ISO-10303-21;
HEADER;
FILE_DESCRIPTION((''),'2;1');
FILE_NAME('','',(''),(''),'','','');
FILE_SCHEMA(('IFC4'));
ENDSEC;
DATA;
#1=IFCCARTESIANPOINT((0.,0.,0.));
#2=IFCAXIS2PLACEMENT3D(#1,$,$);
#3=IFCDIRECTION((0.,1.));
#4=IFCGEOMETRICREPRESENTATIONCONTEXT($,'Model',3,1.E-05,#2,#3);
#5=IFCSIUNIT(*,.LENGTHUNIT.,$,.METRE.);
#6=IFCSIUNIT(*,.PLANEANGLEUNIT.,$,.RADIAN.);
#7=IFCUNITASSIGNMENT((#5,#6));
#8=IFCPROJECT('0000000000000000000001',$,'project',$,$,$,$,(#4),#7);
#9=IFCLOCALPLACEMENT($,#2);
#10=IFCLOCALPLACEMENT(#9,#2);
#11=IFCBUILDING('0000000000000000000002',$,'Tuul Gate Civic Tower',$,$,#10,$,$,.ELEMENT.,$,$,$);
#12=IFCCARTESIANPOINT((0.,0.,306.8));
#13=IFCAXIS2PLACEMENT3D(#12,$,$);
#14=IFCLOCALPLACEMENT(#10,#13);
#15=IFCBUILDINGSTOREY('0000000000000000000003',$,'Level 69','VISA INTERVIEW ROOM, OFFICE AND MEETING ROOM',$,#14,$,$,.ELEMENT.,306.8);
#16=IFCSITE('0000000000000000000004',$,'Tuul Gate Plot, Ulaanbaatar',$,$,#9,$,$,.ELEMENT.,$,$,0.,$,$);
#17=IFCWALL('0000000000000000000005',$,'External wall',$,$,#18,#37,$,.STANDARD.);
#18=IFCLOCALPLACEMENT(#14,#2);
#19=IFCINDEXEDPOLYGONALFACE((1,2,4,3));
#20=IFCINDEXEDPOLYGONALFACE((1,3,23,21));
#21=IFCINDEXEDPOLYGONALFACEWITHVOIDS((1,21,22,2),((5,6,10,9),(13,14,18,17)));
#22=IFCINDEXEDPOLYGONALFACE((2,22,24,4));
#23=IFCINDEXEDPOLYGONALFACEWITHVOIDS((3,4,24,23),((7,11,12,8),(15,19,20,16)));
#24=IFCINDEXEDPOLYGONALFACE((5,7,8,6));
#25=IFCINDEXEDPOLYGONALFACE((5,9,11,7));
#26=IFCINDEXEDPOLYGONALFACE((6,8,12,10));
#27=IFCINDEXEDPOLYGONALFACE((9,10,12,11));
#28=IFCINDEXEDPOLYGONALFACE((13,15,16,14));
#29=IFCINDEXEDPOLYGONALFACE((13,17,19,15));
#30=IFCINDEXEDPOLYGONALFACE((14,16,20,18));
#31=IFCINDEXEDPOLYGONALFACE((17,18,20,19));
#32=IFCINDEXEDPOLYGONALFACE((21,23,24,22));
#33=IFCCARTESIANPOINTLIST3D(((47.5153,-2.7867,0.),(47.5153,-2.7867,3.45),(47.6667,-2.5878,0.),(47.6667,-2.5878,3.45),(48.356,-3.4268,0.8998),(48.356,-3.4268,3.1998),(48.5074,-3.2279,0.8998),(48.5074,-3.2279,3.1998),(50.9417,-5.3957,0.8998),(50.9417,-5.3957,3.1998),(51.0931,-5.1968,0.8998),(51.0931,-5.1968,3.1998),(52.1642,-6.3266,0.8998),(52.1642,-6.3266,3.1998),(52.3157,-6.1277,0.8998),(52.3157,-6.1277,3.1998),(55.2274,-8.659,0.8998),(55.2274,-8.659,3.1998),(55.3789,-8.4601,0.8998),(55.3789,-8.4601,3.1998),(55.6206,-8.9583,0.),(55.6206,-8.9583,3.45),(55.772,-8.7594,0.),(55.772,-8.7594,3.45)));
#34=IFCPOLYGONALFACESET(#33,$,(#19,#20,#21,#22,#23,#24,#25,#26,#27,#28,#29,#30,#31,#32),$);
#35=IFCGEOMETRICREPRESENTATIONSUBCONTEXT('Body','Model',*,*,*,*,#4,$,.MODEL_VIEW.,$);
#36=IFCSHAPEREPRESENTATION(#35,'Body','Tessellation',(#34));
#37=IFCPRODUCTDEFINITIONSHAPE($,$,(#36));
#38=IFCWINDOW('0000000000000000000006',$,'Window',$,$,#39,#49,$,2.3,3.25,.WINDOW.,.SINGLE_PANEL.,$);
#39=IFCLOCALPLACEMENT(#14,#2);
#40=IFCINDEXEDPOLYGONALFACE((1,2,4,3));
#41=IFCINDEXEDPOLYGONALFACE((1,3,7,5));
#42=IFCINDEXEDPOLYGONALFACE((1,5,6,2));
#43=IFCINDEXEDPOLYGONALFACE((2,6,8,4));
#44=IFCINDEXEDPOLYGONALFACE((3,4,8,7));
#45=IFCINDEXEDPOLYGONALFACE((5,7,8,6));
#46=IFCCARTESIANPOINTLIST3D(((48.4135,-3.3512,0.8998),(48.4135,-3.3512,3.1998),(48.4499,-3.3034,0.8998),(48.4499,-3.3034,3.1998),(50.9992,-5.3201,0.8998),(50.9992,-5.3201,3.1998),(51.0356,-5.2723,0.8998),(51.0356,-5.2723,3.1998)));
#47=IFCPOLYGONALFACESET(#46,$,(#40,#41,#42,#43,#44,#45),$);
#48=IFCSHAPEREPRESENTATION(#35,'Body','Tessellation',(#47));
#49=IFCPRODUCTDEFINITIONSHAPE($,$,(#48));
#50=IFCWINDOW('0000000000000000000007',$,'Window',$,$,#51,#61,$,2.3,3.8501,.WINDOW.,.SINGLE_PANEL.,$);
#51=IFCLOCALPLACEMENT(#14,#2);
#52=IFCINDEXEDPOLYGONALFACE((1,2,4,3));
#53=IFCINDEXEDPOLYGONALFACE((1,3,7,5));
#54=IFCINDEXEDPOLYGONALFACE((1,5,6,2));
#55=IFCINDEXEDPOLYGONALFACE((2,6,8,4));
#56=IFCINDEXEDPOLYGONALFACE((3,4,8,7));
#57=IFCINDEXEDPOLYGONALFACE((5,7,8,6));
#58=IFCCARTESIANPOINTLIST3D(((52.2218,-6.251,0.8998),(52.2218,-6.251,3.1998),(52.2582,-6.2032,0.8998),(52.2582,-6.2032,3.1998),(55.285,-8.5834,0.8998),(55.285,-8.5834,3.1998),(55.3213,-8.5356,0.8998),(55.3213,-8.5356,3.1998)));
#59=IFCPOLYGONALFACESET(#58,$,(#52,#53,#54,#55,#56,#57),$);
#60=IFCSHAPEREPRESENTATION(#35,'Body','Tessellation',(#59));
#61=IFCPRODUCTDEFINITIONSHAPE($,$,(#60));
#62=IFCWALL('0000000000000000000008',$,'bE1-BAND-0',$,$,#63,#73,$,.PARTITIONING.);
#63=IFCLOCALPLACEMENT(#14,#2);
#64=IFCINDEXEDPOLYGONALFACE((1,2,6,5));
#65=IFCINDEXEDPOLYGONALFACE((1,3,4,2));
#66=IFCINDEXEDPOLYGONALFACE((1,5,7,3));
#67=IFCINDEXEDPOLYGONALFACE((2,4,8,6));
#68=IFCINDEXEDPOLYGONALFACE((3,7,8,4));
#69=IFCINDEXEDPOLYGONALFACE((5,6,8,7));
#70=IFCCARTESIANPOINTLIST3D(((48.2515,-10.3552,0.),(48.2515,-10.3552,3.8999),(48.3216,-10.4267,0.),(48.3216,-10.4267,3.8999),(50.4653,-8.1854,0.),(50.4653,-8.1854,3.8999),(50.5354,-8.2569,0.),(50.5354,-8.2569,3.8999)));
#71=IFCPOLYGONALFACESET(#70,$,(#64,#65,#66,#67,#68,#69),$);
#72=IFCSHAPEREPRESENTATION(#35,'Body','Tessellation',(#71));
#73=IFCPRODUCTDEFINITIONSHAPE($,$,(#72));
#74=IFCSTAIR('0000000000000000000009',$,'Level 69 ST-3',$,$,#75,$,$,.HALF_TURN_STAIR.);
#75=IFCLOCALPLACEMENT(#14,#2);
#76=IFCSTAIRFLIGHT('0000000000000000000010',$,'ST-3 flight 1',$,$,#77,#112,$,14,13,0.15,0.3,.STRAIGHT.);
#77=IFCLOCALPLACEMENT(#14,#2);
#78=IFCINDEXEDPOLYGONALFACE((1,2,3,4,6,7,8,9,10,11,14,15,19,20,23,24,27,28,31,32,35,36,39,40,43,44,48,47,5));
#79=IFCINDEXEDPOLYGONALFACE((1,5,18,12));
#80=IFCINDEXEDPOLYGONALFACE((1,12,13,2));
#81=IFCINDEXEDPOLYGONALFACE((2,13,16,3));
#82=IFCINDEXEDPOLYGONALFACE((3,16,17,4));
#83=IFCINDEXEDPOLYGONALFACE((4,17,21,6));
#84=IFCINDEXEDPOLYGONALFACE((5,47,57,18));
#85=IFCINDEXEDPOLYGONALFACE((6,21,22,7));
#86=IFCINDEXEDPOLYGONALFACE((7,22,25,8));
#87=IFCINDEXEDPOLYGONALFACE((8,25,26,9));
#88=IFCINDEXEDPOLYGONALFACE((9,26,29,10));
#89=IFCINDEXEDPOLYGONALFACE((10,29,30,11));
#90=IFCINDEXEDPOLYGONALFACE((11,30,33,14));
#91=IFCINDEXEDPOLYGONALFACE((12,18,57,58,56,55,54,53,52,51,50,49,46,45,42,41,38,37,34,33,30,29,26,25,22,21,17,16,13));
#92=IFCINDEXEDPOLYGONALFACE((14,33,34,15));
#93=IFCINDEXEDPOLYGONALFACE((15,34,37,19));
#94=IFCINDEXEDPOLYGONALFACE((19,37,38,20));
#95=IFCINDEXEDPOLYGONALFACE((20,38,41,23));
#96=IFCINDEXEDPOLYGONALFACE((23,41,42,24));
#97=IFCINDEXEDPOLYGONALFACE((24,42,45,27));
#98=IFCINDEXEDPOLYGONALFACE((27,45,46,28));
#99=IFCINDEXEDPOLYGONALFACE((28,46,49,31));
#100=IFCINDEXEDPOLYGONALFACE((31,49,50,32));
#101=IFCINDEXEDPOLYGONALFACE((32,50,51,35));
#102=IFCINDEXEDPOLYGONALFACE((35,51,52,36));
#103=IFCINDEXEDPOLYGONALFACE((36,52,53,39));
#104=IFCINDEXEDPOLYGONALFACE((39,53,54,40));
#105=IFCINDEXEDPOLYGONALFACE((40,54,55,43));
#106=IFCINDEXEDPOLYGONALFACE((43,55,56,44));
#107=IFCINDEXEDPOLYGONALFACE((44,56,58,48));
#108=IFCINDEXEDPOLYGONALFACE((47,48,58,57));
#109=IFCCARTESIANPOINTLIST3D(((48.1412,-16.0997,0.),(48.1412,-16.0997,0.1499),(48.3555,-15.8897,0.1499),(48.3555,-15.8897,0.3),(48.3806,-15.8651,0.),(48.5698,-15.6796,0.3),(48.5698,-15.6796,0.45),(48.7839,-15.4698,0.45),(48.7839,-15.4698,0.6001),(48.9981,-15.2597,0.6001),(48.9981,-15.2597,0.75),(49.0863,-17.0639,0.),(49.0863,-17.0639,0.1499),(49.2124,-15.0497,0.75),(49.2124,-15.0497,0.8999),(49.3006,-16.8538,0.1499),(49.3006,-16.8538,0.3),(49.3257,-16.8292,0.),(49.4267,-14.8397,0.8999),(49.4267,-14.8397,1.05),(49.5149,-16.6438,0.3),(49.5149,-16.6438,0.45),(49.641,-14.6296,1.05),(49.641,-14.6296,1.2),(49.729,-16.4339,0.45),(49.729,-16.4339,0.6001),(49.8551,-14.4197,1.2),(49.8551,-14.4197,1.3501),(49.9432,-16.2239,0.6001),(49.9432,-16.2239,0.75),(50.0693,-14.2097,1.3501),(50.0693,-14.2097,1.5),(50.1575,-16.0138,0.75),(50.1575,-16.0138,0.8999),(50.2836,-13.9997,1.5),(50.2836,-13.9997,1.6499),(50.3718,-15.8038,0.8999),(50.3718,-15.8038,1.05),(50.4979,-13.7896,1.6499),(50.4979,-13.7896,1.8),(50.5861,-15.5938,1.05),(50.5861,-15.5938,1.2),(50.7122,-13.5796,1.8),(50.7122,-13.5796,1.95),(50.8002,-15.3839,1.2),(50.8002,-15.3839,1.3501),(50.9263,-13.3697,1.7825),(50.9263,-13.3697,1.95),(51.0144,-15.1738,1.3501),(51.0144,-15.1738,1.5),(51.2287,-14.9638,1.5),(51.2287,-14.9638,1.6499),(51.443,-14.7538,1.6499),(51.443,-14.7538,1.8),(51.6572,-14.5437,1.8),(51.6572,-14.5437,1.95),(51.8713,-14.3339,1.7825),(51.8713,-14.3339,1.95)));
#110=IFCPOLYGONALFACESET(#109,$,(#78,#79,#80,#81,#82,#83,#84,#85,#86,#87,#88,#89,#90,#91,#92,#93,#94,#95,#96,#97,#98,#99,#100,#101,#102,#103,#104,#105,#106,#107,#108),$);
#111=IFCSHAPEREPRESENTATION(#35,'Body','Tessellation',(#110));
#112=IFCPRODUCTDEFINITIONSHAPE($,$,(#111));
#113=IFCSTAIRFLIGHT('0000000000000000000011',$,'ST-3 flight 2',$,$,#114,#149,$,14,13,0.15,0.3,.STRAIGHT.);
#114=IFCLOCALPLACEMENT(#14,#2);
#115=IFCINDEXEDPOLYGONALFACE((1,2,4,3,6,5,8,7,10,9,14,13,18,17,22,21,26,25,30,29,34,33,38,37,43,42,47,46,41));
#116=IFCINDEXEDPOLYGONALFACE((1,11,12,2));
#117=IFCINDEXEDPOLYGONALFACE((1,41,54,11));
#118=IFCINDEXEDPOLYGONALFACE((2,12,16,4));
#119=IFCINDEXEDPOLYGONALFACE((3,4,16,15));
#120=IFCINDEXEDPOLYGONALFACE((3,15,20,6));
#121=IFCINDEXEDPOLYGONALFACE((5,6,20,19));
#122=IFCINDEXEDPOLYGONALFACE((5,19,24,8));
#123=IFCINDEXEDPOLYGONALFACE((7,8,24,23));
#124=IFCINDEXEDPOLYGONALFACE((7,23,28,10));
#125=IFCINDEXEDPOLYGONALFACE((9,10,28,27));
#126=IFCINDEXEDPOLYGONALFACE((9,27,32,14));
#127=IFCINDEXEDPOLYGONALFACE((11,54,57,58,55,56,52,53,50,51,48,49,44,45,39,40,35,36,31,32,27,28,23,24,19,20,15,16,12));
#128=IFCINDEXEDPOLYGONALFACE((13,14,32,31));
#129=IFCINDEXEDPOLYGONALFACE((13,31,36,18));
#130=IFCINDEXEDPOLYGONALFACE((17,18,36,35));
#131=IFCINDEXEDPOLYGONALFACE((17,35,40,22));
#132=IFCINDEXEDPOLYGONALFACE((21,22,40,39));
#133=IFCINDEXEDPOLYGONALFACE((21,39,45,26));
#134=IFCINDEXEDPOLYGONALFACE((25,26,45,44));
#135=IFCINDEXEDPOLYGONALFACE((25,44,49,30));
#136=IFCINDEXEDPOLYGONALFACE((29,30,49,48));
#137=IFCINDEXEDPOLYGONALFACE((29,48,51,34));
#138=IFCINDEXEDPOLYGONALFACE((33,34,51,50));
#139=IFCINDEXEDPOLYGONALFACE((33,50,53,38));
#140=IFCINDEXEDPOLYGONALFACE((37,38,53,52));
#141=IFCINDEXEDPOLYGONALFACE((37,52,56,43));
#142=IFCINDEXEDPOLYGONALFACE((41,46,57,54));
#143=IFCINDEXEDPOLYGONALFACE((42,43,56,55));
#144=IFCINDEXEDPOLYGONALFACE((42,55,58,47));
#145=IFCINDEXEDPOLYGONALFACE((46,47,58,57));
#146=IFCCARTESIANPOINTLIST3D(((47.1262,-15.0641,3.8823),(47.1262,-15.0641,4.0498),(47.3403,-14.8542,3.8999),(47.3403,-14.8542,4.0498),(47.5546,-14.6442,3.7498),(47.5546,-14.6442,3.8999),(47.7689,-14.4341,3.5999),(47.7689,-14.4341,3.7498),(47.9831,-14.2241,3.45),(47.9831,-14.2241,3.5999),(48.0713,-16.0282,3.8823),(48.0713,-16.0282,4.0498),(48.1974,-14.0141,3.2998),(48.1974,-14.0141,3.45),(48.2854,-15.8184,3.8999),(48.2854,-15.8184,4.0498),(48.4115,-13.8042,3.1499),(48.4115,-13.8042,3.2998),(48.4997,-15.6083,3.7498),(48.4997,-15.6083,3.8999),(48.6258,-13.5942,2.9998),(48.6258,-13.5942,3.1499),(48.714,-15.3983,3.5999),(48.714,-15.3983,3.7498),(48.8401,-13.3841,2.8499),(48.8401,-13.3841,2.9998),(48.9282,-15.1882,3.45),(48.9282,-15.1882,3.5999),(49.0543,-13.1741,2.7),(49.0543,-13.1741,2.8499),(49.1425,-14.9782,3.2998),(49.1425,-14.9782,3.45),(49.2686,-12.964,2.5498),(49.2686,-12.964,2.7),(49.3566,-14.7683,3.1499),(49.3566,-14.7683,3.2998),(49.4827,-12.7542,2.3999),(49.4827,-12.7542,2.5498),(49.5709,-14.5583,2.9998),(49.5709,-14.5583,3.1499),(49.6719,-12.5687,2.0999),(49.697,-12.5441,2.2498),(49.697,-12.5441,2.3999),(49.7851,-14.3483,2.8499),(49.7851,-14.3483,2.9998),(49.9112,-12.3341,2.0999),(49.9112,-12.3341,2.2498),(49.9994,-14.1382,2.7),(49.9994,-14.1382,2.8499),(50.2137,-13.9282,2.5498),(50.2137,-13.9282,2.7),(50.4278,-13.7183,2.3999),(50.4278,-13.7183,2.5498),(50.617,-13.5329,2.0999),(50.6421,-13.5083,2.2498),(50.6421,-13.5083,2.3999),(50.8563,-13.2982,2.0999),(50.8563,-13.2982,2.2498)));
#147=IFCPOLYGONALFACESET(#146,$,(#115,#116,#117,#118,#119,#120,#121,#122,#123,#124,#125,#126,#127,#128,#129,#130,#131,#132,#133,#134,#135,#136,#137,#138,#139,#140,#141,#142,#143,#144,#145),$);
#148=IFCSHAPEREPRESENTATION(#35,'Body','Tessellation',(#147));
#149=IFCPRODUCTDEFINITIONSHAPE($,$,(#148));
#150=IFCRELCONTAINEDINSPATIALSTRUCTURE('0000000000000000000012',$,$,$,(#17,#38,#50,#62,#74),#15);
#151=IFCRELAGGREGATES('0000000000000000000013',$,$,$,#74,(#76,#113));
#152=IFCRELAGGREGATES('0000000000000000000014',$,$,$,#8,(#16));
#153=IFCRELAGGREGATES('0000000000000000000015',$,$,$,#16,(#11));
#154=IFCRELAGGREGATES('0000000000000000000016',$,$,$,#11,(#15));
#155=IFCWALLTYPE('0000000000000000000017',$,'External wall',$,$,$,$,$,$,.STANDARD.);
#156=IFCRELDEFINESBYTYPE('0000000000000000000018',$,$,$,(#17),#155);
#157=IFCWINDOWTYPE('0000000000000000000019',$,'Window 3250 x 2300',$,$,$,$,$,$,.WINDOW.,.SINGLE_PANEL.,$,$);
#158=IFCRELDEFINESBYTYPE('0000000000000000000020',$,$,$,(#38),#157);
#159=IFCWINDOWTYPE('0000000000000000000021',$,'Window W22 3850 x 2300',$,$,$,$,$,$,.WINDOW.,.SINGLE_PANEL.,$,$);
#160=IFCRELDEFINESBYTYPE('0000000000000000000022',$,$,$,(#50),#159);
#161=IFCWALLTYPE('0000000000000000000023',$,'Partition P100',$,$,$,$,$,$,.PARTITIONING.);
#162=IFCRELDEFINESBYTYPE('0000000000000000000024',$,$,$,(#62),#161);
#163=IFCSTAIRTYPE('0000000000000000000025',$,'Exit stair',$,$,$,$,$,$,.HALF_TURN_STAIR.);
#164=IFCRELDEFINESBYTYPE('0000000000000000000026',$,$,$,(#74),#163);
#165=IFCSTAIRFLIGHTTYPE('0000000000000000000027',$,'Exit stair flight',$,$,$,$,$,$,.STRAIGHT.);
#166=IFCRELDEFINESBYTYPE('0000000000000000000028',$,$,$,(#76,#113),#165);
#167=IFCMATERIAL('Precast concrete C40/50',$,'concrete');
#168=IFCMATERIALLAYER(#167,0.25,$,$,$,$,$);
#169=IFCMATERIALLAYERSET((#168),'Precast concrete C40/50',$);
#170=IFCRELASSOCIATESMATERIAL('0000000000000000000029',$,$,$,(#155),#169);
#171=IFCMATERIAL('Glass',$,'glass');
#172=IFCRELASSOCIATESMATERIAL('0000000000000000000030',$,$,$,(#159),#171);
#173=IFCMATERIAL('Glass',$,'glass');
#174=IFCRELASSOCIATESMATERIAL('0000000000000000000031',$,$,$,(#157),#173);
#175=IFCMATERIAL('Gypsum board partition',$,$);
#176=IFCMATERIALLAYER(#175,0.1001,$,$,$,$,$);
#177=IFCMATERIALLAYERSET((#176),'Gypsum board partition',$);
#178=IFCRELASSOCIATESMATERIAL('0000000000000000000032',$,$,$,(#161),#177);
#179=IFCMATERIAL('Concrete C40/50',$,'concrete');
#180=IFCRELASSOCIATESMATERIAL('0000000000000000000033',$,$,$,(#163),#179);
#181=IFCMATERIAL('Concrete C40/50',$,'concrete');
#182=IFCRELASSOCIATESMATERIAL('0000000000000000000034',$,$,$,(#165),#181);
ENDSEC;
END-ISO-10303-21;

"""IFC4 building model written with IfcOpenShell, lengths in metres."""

from ifc_helpers import new_model, si_unit, direction, frame, frame_2d, origin, place, context, subcontext, project, spatial, polyline, rectangle, outline, extrude, material, layer, layer_set, type_object, element, fill, aggregate, save


model = new_model("IFC4")

# Units and contexts
model_context = context("Model", 3, precision=1e-05, world=origin(), true_north=direction((0.0, 1.0)))
body_context = subcontext(model_context, "Body", "Model", "MODEL_VIEW")
ifc_project = project(units=[si_unit("LENGTHUNIT", "METRE"), si_unit("PLANEANGLEUNIT", "RADIAN")], contexts=[model_context])

# Site, building, storey
site_placement = place(None, origin())
site = spatial("IfcSite", under=ifc_project, at=site_placement, Name="Tuul Gate Plot, Ulaanbaatar", CompositionType="ELEMENT", RefElevation=0.0)
building_placement = place(site_placement, origin())
building = spatial("IfcBuilding", under=site, at=building_placement, Name="Tuul Gate Civic Tower", CompositionType="ELEMENT")
storey_placement = place(building_placement, frame((0.0, 0.0, 306.8)))
storey = spatial("IfcBuildingStorey", under=building, at=storey_placement, Name="Level 69", Description="VISA INTERVIEW ROOM, OFFICE AND MEETING ROOM", CompositionType="ELEMENT", Elevation=306.8)

# Wall, openings, windows
ifc_material_1 = material(Name="Precast concrete C40/50", Category="concrete")
ifc_layer_1 = layer(ifc_material_1, 0.25)
ifc_layer_set_1 = layer_set([ifc_layer_1], Name="Precast concrete C40/50")
wall_type_1 = type_object("IfcWallType", Name="External wall", PredefinedType="STANDARD", material=ifc_layer_set_1)
ifc_material_2 = material(Name="Glass", Category="glass")
window_type_1 = type_object("IfcWindowType", Name="Window W22 3850 x 2300", PartitioningType="SINGLE_PANEL", PredefinedType="WINDOW", material=ifc_material_2)
wall_1_placement = place(storey_placement, frame((55.6963, -8.8589, 0.0), z_axis=(0.0, 0.0, 1.0), x_axis=(-0.79561, 0.605809, 0.0)))
wall_1 = element("IfcWall", 1, at=wall_1_placement, inside=storey, type_object=wall_type_1, Name="External wall", PredefinedType="STANDARD", context=body_context, shape_type="SweptSolid", body=[
    extrude(rectangle(XDim=10.1875, YDim=0.25, at=frame_2d((5.0938, 0.0))), origin(), (0.0, 0.0, 1.0), 3.45),
])
opening_1_placement = place(wall_1_placement, frame((0.4941, 0.0, 0.8999)))
opening_1 = element("IfcOpeningElement", 2, at=opening_1_placement, cuts=wall_1, PredefinedType="OPENING", context=body_context, shape_type="SweptSolid", body=[
    extrude(rectangle(XDim=3.8501, YDim=2.3, at=frame_2d((1.925, 1.1499))), frame((0.0, 0.135, 0.0), z_axis=(0.0, -1.0, 0.0), x_axis=(1.0, 0.0, 0.0)), (0.0, 0.0, 1.0), 0.27),
])
opening_2_placement = place(wall_1_placement, frame((5.8809, 0.0, 0.8999)))
opening_2 = element("IfcOpeningElement", 3, at=opening_2_placement, cuts=wall_1, PredefinedType="OPENING", context=body_context, shape_type="SweptSolid", body=[
    extrude(rectangle(XDim=3.25, YDim=2.3, at=frame_2d((1.625, 1.1499))), frame((0.0, 0.135, 0.0), z_axis=(0.0, -1.0, 0.0), x_axis=(1.0, 0.0, 0.0)), (0.0, 0.0, 1.0), 0.27),
])
ifc_material_3 = material(Name="Glass", Category="glass")
window_type_2 = type_object("IfcWindowType", Name="Window 3250 x 2300", PartitioningType="SINGLE_PANEL", PredefinedType="WINDOW", material=ifc_material_3)
window_1_placement = place(opening_2_placement, origin())
window_1 = element("IfcWindow", 4, at=window_1_placement, inside=storey, type_object=window_type_2, Name="Window", OverallHeight=2.3, OverallWidth=3.25, PartitioningType="SINGLE_PANEL", PredefinedType="WINDOW", context=body_context, shape_type="SweptSolid", body=[
    extrude(rectangle(XDim=3.25, YDim=2.3, at=frame_2d((1.625, 1.1499))), frame((0.0, 0.03, 0.0), z_axis=(0.0, -1.0, 0.0), x_axis=(1.0, 0.0, 0.0)), (0.0, 0.0, 1.0), 0.0601),
])
fill(opening_2, window_1)
window_2_placement = place(opening_1_placement, origin())
window_2 = element("IfcWindow", 5, at=window_2_placement, inside=storey, type_object=window_type_1, Name="Window", OverallHeight=2.3, OverallWidth=3.8501, PartitioningType="SINGLE_PANEL", PredefinedType="WINDOW", context=body_context, shape_type="SweptSolid", body=[
    extrude(rectangle(XDim=3.8501, YDim=2.3, at=frame_2d((1.925, 1.1499))), frame((0.0, 0.03, 0.0), z_axis=(0.0, -1.0, 0.0), x_axis=(1.0, 0.0, 0.0)), (0.0, 0.0, 1.0), 0.0601),
])
fill(opening_1, window_2)

# Wall
ifc_material_4 = material(Name="Gypsum board partition")
ifc_layer_2 = layer(ifc_material_4, 0.1001)
ifc_layer_set_2 = layer_set([ifc_layer_2], Name="Gypsum board partition")
wall_type_2 = type_object("IfcWallType", Name="Partition P100", PredefinedType="PARTITIONING", material=ifc_layer_set_2)
wall_2_placement = place(storey_placement, frame((48.2866, -10.3909, 0.0), z_axis=(0.0, 0.0, 1.0), x_axis=(0.714159, 0.699983, 0.0)))
element("IfcWall", 6, at=wall_2_placement, inside=storey, type_object=wall_type_2, Name="bE1-BAND-0", PredefinedType="PARTITIONING", context=body_context, shape_type="SweptSolid", body=[
    extrude(rectangle(XDim=3.0999, YDim=0.1001, at=frame_2d((1.5498, 0.0))), origin(), (0.0, 0.0, 1.0), 3.8999),
])

# Stair, stair flights
ifc_material_5 = material(Name="Concrete C40/50", Category="concrete")
stair_type = type_object("IfcStairType", Name="Exit stair", PredefinedType="HALF_TURN_STAIR", material=ifc_material_5)
stair_placement = place(storey_placement, origin())
stair = element("IfcStair", 7, at=stair_placement, inside=storey, type_object=stair_type, Name="Level 69 ST-3", PredefinedType="HALF_TURN_STAIR")
ifc_material_6 = material(Name="Concrete C40/50", Category="concrete")
stair_flight_type = type_object("IfcStairFlightType", Name="Exit stair flight", PredefinedType="STRAIGHT", material=ifc_material_6)
stair_flight_1_placement = place(storey_placement, frame((48.6138, -16.5818, 0.0), z_axis=(0.0, 0.0, 1.0), x_axis=(0.714127, 0.700016, 0.0)))
stair_flight_1 = element("IfcStairFlight", 8, at=stair_flight_1_placement, type_object=stair_flight_type, Name="ST-3 flight 1", NumberOfRisers=14, NumberOfTreads=13, PredefinedType="STRAIGHT", RiserHeight=0.15, TreadLength=0.3, context=body_context, shape_type="SweptSolid", body=[
    extrude(outline(polyline([(0.0, 0.0), (0.0, 0.1499), (0.3, 0.1499), (0.3, 0.3), (0.6001, 0.3), (0.6001, 0.45), (0.8999, 0.45), (0.8999, 0.6001), (1.2, 0.6001), (1.2, 0.75), (1.5, 0.75), (1.5, 0.8999), (1.8, 0.8999), (1.8, 1.05), (2.1001, 1.05), (2.1001, 1.2), (2.3999, 1.2), (2.3999, 1.3501), (2.7, 1.3501), (2.7, 1.5), (3.0, 1.5), (3.0, 1.6499), (3.3, 1.6499), (3.3, 1.8), (3.6001, 1.8), (3.6001, 1.95), (3.8999, 1.95), (3.8999, 2.1001), (3.8999, 1.7825), (0.3352, 0.0), (0.0, 0.0)])), frame((0.0, 0.675, 0.0), z_axis=(0.0, -1.0, 0.0), x_axis=(1.0, 0.0, 0.0)), (0.0, 0.0, 1.0), 1.3501),
])
stair_flight_2_placement = place(storey_placement, frame((50.3838, -12.8162, 2.0999), z_axis=(0.0, 0.0, 1.0), x_axis=(-0.714127, -0.700016, 0.0)))
stair_flight_2 = element("IfcStairFlight", 9, at=stair_flight_2_placement, type_object=stair_flight_type, Name="ST-3 flight 2", NumberOfRisers=14, NumberOfTreads=13, PredefinedType="STRAIGHT", RiserHeight=0.15, TreadLength=0.3, context=body_context, shape_type="SweptSolid", body=[
    extrude(outline(polyline([(0.0, 0.0), (0.0, 0.1499), (0.3, 0.1499), (0.3, 0.3), (0.6001, 0.3), (0.6001, 0.45), (0.8999, 0.45), (0.8999, 0.6001), (1.2, 0.6001), (1.2, 0.75), (1.5, 0.75), (1.5, 0.8999), (1.8, 0.8999), (1.8, 1.05), (2.1001, 1.05), (2.1001, 1.2), (2.3999, 1.2), (2.3999, 1.3501), (2.7, 1.3501), (2.7, 1.5), (3.0, 1.5), (3.0, 1.6499), (3.3, 1.6499), (3.3, 1.8), (3.6001, 1.8), (3.6001, 1.95), (3.8999, 1.95), (3.8999, 2.1001), (3.8999, 1.7825), (0.3352, 0.0), (0.0, 0.0)])), frame((0.0, 0.675, 0.0), z_axis=(0.0, -1.0, 0.0), x_axis=(1.0, 0.0, 0.0)), (0.0, 0.0, 1.0), 1.3501),
])
aggregate(stair, [stair_flight_1, stair_flight_2])

save(model, "model.ifc")
